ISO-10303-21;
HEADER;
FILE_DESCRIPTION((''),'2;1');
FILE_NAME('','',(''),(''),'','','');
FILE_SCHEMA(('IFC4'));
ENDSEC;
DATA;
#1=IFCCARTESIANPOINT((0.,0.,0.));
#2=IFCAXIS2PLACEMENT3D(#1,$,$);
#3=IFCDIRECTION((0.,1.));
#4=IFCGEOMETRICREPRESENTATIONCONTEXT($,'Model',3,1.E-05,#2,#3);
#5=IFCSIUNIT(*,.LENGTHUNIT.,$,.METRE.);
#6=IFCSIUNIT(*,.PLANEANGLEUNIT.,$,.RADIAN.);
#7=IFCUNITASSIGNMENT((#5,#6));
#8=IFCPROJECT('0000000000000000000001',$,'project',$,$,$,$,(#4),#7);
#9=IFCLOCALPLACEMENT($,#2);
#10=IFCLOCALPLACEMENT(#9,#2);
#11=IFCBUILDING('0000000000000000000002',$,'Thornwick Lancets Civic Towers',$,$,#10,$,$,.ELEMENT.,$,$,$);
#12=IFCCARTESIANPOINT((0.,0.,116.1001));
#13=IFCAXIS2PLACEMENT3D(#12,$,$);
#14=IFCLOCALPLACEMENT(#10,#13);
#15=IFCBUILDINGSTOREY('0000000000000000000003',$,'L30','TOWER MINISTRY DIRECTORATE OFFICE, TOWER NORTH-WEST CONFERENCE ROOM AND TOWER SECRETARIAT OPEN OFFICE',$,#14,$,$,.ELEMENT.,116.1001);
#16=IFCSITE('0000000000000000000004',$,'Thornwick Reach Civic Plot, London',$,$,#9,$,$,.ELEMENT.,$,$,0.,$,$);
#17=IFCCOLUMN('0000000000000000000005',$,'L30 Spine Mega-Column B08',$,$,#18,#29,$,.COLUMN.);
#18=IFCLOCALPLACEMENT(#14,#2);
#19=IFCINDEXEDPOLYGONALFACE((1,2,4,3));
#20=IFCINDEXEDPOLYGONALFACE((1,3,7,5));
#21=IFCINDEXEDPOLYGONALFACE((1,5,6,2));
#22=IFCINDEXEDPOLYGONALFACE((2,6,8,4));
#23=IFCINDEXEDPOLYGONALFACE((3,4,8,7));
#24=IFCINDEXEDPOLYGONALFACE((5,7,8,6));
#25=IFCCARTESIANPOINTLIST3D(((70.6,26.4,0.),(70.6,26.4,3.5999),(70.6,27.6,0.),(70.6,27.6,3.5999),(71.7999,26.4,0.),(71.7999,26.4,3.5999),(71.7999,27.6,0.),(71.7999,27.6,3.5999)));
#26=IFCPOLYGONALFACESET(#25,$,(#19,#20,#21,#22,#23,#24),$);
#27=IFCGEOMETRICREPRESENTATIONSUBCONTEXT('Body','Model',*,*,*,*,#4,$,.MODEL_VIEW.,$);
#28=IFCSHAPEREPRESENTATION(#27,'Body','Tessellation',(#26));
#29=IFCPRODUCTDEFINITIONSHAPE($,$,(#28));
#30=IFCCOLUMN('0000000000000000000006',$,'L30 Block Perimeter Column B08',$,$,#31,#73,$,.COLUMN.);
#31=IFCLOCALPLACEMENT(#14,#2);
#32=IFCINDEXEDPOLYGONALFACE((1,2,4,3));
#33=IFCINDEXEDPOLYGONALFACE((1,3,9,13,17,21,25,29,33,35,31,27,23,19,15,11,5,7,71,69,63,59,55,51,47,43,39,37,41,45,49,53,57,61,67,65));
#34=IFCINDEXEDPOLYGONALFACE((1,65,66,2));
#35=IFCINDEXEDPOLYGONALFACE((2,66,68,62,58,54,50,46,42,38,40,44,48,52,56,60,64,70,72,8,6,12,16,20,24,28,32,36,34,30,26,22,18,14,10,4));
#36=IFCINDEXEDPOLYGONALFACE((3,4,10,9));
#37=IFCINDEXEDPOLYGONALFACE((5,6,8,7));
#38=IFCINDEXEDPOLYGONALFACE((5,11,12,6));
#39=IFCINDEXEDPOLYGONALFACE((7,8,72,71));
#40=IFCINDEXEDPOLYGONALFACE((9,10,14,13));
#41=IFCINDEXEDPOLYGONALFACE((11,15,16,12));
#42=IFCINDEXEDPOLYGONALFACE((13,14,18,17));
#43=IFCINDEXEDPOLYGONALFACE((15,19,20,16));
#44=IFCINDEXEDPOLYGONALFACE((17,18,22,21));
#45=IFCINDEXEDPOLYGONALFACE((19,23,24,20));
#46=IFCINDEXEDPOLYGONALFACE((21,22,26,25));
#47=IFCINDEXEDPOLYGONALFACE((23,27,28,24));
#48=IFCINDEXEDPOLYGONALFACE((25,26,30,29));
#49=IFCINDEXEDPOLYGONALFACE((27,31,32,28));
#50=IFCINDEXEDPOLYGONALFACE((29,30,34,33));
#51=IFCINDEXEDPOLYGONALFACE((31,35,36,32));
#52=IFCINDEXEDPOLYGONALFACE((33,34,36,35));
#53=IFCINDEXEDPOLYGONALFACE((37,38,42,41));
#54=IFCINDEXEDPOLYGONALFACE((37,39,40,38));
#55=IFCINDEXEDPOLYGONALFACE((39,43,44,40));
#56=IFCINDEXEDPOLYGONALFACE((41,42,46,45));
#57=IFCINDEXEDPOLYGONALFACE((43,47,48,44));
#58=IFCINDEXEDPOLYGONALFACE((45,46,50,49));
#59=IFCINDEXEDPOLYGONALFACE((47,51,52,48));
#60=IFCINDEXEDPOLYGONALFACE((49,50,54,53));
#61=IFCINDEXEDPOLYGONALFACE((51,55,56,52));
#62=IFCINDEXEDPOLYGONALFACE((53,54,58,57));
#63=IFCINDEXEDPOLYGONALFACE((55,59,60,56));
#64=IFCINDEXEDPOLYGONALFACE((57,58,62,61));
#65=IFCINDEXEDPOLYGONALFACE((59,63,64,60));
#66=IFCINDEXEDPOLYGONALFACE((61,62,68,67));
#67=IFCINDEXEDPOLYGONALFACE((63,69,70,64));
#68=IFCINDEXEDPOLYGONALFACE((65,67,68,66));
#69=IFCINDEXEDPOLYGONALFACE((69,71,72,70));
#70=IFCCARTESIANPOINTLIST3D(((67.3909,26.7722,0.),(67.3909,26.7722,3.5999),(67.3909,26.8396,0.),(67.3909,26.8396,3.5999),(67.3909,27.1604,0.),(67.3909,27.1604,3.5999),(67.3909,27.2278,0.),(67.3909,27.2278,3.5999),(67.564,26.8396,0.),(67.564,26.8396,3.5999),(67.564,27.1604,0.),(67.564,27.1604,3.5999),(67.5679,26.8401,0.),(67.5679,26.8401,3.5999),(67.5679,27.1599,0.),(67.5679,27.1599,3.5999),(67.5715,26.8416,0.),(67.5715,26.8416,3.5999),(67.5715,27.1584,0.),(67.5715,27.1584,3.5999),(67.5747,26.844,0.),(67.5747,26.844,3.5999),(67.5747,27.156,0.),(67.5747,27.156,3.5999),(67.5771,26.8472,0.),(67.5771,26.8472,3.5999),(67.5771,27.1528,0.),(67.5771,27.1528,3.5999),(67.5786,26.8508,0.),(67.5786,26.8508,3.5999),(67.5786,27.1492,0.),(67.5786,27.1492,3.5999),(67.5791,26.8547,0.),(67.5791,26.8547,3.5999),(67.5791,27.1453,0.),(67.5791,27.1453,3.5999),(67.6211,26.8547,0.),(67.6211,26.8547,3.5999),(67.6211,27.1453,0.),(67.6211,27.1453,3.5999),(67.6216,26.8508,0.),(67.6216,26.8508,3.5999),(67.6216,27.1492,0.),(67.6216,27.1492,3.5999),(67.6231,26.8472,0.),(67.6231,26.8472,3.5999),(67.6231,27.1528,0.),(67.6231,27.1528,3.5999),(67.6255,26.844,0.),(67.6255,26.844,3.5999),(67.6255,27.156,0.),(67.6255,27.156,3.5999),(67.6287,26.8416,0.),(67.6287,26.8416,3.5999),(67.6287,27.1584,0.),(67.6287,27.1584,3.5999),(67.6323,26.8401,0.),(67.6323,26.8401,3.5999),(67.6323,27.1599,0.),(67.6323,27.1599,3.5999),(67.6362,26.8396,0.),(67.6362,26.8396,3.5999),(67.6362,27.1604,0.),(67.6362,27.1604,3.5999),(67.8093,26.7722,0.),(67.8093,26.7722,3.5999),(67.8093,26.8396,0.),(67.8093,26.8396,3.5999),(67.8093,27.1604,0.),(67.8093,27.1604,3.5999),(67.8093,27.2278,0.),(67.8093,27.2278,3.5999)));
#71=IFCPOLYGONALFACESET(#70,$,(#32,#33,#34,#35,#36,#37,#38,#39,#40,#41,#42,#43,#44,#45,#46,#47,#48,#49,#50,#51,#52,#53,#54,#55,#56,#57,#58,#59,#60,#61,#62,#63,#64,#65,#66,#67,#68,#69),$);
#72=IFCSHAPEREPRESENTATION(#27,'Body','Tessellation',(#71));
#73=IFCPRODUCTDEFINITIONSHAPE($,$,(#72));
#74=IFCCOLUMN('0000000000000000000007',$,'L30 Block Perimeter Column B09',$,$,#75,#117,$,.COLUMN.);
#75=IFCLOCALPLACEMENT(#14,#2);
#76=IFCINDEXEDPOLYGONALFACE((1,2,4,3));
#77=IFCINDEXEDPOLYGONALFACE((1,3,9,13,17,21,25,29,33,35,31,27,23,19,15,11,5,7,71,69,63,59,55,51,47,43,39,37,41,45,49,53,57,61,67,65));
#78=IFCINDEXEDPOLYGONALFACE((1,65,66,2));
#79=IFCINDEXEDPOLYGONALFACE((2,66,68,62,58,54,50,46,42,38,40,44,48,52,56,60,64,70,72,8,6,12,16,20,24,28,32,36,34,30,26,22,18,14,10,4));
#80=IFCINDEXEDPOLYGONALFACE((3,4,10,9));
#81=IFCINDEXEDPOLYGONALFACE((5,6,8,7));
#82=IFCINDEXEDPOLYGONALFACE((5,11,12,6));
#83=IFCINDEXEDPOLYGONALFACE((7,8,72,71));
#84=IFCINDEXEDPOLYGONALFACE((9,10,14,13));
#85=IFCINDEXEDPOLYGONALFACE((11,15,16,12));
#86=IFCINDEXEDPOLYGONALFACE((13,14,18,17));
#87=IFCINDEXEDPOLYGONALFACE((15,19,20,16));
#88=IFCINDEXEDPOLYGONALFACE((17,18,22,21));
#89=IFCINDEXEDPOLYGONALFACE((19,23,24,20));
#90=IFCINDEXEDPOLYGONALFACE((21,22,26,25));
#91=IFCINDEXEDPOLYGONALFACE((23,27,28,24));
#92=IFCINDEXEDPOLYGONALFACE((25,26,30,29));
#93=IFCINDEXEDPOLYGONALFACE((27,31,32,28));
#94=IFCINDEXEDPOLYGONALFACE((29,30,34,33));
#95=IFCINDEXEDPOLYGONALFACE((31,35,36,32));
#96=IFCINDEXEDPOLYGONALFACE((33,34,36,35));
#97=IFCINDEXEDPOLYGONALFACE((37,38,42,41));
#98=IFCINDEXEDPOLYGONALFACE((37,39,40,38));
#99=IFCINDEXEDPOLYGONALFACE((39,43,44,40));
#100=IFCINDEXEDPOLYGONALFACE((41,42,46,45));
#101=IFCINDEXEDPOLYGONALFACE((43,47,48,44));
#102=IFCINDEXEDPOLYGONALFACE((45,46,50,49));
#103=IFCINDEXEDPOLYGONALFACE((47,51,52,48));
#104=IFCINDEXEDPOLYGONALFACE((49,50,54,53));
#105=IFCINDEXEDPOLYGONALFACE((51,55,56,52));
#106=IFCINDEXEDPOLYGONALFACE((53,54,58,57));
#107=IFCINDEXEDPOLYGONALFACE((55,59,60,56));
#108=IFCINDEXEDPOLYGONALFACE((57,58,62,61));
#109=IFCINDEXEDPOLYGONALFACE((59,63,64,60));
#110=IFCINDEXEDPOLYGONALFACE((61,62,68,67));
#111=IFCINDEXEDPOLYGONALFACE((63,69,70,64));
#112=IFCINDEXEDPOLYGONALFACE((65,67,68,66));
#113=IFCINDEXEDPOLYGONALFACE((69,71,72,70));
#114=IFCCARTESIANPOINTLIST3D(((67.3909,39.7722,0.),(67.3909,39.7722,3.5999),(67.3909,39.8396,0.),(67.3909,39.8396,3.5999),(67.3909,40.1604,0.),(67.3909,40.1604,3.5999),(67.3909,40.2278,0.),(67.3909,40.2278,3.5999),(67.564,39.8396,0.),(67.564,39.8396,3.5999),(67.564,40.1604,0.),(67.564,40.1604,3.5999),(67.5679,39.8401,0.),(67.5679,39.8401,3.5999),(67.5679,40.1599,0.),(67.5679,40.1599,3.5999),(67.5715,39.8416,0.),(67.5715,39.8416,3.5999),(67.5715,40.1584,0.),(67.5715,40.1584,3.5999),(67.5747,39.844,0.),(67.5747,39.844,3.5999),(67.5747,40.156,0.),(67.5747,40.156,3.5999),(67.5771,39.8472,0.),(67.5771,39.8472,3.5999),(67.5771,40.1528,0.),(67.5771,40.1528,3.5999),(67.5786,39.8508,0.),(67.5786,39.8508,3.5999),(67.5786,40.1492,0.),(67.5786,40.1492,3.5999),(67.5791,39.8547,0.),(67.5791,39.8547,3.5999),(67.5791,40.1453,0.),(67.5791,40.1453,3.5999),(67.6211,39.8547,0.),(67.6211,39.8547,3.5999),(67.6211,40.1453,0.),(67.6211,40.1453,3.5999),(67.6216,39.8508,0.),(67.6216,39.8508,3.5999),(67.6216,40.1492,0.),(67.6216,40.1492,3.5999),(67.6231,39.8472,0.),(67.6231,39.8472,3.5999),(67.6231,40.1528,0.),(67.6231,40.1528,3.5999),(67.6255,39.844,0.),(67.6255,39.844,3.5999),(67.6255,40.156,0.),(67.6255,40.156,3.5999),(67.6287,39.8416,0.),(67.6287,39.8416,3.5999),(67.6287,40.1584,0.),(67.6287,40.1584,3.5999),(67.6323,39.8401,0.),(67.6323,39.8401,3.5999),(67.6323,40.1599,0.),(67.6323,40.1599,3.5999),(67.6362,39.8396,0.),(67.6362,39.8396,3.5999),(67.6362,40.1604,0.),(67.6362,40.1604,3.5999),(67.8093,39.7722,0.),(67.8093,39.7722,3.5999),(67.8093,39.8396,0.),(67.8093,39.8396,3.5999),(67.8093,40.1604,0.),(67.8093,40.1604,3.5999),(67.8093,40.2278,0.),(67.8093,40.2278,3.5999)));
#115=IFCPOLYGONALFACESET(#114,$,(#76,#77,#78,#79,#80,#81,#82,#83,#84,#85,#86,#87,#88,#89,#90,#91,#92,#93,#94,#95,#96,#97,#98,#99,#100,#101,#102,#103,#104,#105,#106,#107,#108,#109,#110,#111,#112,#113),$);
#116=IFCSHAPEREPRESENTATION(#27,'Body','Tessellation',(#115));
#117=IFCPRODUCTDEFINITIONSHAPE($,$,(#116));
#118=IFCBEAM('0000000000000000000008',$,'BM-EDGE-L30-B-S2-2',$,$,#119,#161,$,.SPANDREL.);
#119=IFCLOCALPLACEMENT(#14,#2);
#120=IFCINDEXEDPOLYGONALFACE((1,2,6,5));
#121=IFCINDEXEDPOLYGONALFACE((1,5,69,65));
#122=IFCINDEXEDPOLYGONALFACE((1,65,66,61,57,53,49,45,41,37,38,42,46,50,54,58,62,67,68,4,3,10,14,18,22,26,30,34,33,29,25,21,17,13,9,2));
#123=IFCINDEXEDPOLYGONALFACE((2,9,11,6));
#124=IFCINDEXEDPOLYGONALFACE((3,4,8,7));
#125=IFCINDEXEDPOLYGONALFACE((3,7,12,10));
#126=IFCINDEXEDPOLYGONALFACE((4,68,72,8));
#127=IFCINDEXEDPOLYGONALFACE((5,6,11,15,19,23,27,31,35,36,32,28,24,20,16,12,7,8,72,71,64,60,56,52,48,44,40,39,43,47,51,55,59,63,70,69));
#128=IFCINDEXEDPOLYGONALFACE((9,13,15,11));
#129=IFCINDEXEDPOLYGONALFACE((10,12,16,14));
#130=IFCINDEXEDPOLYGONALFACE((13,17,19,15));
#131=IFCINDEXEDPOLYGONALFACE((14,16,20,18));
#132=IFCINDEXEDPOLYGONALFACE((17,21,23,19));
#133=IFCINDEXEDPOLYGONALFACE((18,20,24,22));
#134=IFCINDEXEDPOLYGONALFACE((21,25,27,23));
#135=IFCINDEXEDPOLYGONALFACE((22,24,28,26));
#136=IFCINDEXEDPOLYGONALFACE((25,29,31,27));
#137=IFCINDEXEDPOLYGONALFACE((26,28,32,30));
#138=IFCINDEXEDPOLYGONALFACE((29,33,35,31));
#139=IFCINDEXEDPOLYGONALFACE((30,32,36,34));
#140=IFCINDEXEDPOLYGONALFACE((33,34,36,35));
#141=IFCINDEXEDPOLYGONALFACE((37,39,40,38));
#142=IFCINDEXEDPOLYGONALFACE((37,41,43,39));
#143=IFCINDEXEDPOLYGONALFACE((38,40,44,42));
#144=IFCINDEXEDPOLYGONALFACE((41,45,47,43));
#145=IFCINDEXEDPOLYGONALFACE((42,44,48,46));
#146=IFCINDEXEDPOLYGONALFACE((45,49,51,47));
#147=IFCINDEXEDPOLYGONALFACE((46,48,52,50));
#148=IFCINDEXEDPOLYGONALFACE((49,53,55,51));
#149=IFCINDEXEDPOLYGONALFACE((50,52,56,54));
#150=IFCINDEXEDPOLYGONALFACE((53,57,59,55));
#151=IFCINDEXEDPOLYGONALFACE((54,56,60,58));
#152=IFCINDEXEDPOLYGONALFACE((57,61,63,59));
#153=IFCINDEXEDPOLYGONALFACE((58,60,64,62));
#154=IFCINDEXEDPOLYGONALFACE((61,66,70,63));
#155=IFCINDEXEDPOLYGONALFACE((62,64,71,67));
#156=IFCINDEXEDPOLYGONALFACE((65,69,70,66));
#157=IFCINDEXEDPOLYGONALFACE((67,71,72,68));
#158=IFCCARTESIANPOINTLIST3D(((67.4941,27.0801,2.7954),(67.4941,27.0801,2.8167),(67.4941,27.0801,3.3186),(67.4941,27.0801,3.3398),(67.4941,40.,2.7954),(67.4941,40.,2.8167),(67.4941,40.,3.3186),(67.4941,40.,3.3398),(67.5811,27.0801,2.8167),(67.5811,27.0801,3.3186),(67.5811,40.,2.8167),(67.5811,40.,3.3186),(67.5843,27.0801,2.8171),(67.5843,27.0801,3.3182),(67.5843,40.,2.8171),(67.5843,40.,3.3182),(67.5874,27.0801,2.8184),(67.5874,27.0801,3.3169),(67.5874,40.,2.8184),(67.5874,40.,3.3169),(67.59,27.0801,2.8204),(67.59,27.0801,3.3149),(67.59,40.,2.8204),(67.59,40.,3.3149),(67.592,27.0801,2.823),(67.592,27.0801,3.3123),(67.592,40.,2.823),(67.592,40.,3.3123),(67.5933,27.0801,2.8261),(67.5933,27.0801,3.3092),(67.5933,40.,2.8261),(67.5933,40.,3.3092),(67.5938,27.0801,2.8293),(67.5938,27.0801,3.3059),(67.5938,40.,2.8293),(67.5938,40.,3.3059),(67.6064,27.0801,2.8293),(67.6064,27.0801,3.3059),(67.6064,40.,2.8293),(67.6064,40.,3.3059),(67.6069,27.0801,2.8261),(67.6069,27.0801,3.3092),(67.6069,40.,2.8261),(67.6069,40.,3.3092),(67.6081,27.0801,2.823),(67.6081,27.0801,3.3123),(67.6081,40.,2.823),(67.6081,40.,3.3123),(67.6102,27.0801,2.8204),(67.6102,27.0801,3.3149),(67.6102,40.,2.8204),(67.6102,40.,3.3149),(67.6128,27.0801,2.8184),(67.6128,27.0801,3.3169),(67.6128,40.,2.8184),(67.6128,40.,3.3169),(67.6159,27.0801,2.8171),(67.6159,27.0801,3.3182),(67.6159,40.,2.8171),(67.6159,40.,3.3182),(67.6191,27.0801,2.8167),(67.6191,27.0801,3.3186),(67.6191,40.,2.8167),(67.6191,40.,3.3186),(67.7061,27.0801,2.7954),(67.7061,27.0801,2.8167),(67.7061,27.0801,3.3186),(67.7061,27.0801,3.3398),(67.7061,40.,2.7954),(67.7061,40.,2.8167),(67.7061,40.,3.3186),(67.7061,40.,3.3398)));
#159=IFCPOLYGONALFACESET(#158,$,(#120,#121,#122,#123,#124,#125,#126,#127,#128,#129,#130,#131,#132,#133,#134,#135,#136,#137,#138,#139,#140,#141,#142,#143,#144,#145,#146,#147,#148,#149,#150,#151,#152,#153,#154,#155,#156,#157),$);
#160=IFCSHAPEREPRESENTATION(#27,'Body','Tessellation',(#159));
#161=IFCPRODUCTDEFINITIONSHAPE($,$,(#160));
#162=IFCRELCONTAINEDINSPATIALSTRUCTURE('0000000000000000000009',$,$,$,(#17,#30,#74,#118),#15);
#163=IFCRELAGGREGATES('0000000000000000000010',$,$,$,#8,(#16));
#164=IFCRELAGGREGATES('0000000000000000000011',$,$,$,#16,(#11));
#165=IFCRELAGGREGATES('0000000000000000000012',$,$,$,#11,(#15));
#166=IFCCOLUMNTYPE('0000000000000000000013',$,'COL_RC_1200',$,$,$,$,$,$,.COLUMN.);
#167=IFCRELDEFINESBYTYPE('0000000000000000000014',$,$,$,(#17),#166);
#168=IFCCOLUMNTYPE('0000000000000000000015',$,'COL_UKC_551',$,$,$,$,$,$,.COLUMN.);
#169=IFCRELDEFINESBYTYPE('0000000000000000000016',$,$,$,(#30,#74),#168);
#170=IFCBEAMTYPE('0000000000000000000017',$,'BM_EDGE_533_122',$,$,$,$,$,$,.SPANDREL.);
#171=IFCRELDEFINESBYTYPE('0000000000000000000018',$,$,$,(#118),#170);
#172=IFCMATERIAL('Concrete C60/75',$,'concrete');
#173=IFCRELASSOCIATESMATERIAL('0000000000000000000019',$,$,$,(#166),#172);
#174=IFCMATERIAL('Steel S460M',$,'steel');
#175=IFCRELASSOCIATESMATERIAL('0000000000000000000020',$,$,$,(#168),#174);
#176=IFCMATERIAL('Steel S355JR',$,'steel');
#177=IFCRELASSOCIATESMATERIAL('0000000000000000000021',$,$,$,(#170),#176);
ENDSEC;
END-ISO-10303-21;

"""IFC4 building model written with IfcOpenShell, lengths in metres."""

from ifc_helpers import new_model, si_unit, direction, frame, origin, origin_2d, place, context, subcontext, project, spatial, rectangle, i_section, extrude, material, material_profile, profile_set, type_object, element, save


model = new_model("IFC4")

# Units and contexts
model_context = context("Model", 3, precision=1e-05, world=origin(), true_north=direction((0.0, 1.0)))
body_context = subcontext(model_context, "Body", "Model", "MODEL_VIEW")
ifc_project = project(units=[si_unit("LENGTHUNIT", "METRE"), si_unit("PLANEANGLEUNIT", "RADIAN")], contexts=[model_context])

# Site, building, storey
site_placement = place(None, origin())
site = spatial("IfcSite", under=ifc_project, at=site_placement, Name="Thornwick Reach Civic Plot, London", CompositionType="ELEMENT", RefElevation=0.0)
building_placement = place(site_placement, origin())
building = spatial("IfcBuilding", under=site, at=building_placement, Name="Thornwick Lancets Civic Towers", CompositionType="ELEMENT")
storey_placement = place(building_placement, frame((0.0, 0.0, 116.1001)))
storey = spatial("IfcBuildingStorey", under=building, at=storey_placement, Name="L30", Description="TOWER MINISTRY DIRECTORATE OFFICE, TOWER NORTH-WEST CONFERENCE ROOM AND TOWER SECRETARIAT OPEN OFFICE", CompositionType="ELEMENT", Elevation=116.1001)

# Columns
ifc_material_1 = material(Name="Concrete C60/75", Category="concrete")
ifc_material_profile_1 = material_profile(ifc_material_1, rectangle(XDim=1.2, YDim=1.2, at=origin_2d()), Name="RC 1200x1200")
ifc_profile_set_1 = profile_set([ifc_material_profile_1], Name="Concrete C60/75")
column_type_1 = type_object("IfcColumnType", Name="COL_RC_1200", PredefinedType="COLUMN", material=ifc_profile_set_1)
column_placement = place(storey_placement, frame((71.2, 27.0, 0.0), z_axis=(0.0, 0.0, 1.0), x_axis=(1.0, 0.0, 0.0)))
element("IfcColumn", 1, at=column_placement, inside=storey, type_object=column_type_1, Name="L30 Spine Mega-Column B08", PredefinedType="COLUMN", context=body_context, shape_type="SweptSolid", body=[
    extrude(rectangle(XDim=1.2, YDim=1.2, at=origin_2d()), origin(), (0.0, 0.0, 1.0), 3.5999),
])
ifc_material_2 = material(Name="Steel S460M", Category="steel")
ifc_material_profile_2 = material_profile(ifc_material_2, i_section(OverallWidth=0.4185, OverallDepth=0.4556, WebThickness=0.042, FlangeThickness=0.0674, FilletRadius=0.0151, at=origin_2d()), Name="UKC 356x406x551")
ifc_profile_set_2 = profile_set([ifc_material_profile_2], Name="Steel S460M")
column_type_2 = type_object("IfcColumnType", Name="COL_UKC_551", PredefinedType="COLUMN", material=ifc_profile_set_2)
for number, where, z_axis, x_axis, name in (
    (2, (67.6001, 27.0, 0.0), (0.0, 0.0, 1.0), (1.0, 0.0, 0.0), "L30 Block Perimeter Column B08"),
    (3, (67.6001, 40.0, 0.0), (0.0, 0.0, 1.0), (1.0, 0.0, 0.0), "L30 Block Perimeter Column B09"),
):
    element("IfcColumn", number, at=place(storey_placement, frame(where, z_axis=z_axis, x_axis=x_axis)), inside=storey, type_object=column_type_2, Name=name, PredefinedType="COLUMN", context=body_context, shape_type="SweptSolid", body=[
        extrude(i_section(OverallWidth=0.4185, OverallDepth=0.4556, WebThickness=0.042, FlangeThickness=0.0674, FilletRadius=0.0151, at=origin_2d()), origin(), (0.0, 0.0, 1.0), 3.5999),
    ])

# Beam
ifc_material_3 = material(Name="Steel S355JR", Category="steel")
ifc_material_profile_3 = material_profile(ifc_material_3, i_section(OverallWidth=0.2119, OverallDepth=0.5444, WebThickness=0.0127, FlangeThickness=0.0212, FilletRadius=0.0127, at=origin_2d()), Name="UKB 533x210x122")
ifc_profile_set_3 = profile_set([ifc_material_profile_3], Name="Steel S355JR")
beam_type_1 = type_object("IfcBeamType", Name="BM_EDGE_533_122", PredefinedType="SPANDREL", material=ifc_profile_set_3)
beam_1_placement = place(storey_placement, frame((67.6001, 27.0801, 3.0676), z_axis=(0.0, 1.0, 0.0), x_axis=(-1.0, 0.0, 0.0)))
element("IfcBeam", 4, at=beam_1_placement, inside=storey, type_object=beam_type_1, Name="BM-EDGE-L30-B-S2-2", PredefinedType="SPANDREL", context=body_context, shape_type="SweptSolid", body=[
    extrude(i_section(OverallWidth=0.2119, OverallDepth=0.5444, WebThickness=0.0127, FlangeThickness=0.0212, FilletRadius=0.0127, at=origin_2d()), origin(), (0.0, 0.0, 1.0), 12.9199),
])

save(model, "model.ifc")
